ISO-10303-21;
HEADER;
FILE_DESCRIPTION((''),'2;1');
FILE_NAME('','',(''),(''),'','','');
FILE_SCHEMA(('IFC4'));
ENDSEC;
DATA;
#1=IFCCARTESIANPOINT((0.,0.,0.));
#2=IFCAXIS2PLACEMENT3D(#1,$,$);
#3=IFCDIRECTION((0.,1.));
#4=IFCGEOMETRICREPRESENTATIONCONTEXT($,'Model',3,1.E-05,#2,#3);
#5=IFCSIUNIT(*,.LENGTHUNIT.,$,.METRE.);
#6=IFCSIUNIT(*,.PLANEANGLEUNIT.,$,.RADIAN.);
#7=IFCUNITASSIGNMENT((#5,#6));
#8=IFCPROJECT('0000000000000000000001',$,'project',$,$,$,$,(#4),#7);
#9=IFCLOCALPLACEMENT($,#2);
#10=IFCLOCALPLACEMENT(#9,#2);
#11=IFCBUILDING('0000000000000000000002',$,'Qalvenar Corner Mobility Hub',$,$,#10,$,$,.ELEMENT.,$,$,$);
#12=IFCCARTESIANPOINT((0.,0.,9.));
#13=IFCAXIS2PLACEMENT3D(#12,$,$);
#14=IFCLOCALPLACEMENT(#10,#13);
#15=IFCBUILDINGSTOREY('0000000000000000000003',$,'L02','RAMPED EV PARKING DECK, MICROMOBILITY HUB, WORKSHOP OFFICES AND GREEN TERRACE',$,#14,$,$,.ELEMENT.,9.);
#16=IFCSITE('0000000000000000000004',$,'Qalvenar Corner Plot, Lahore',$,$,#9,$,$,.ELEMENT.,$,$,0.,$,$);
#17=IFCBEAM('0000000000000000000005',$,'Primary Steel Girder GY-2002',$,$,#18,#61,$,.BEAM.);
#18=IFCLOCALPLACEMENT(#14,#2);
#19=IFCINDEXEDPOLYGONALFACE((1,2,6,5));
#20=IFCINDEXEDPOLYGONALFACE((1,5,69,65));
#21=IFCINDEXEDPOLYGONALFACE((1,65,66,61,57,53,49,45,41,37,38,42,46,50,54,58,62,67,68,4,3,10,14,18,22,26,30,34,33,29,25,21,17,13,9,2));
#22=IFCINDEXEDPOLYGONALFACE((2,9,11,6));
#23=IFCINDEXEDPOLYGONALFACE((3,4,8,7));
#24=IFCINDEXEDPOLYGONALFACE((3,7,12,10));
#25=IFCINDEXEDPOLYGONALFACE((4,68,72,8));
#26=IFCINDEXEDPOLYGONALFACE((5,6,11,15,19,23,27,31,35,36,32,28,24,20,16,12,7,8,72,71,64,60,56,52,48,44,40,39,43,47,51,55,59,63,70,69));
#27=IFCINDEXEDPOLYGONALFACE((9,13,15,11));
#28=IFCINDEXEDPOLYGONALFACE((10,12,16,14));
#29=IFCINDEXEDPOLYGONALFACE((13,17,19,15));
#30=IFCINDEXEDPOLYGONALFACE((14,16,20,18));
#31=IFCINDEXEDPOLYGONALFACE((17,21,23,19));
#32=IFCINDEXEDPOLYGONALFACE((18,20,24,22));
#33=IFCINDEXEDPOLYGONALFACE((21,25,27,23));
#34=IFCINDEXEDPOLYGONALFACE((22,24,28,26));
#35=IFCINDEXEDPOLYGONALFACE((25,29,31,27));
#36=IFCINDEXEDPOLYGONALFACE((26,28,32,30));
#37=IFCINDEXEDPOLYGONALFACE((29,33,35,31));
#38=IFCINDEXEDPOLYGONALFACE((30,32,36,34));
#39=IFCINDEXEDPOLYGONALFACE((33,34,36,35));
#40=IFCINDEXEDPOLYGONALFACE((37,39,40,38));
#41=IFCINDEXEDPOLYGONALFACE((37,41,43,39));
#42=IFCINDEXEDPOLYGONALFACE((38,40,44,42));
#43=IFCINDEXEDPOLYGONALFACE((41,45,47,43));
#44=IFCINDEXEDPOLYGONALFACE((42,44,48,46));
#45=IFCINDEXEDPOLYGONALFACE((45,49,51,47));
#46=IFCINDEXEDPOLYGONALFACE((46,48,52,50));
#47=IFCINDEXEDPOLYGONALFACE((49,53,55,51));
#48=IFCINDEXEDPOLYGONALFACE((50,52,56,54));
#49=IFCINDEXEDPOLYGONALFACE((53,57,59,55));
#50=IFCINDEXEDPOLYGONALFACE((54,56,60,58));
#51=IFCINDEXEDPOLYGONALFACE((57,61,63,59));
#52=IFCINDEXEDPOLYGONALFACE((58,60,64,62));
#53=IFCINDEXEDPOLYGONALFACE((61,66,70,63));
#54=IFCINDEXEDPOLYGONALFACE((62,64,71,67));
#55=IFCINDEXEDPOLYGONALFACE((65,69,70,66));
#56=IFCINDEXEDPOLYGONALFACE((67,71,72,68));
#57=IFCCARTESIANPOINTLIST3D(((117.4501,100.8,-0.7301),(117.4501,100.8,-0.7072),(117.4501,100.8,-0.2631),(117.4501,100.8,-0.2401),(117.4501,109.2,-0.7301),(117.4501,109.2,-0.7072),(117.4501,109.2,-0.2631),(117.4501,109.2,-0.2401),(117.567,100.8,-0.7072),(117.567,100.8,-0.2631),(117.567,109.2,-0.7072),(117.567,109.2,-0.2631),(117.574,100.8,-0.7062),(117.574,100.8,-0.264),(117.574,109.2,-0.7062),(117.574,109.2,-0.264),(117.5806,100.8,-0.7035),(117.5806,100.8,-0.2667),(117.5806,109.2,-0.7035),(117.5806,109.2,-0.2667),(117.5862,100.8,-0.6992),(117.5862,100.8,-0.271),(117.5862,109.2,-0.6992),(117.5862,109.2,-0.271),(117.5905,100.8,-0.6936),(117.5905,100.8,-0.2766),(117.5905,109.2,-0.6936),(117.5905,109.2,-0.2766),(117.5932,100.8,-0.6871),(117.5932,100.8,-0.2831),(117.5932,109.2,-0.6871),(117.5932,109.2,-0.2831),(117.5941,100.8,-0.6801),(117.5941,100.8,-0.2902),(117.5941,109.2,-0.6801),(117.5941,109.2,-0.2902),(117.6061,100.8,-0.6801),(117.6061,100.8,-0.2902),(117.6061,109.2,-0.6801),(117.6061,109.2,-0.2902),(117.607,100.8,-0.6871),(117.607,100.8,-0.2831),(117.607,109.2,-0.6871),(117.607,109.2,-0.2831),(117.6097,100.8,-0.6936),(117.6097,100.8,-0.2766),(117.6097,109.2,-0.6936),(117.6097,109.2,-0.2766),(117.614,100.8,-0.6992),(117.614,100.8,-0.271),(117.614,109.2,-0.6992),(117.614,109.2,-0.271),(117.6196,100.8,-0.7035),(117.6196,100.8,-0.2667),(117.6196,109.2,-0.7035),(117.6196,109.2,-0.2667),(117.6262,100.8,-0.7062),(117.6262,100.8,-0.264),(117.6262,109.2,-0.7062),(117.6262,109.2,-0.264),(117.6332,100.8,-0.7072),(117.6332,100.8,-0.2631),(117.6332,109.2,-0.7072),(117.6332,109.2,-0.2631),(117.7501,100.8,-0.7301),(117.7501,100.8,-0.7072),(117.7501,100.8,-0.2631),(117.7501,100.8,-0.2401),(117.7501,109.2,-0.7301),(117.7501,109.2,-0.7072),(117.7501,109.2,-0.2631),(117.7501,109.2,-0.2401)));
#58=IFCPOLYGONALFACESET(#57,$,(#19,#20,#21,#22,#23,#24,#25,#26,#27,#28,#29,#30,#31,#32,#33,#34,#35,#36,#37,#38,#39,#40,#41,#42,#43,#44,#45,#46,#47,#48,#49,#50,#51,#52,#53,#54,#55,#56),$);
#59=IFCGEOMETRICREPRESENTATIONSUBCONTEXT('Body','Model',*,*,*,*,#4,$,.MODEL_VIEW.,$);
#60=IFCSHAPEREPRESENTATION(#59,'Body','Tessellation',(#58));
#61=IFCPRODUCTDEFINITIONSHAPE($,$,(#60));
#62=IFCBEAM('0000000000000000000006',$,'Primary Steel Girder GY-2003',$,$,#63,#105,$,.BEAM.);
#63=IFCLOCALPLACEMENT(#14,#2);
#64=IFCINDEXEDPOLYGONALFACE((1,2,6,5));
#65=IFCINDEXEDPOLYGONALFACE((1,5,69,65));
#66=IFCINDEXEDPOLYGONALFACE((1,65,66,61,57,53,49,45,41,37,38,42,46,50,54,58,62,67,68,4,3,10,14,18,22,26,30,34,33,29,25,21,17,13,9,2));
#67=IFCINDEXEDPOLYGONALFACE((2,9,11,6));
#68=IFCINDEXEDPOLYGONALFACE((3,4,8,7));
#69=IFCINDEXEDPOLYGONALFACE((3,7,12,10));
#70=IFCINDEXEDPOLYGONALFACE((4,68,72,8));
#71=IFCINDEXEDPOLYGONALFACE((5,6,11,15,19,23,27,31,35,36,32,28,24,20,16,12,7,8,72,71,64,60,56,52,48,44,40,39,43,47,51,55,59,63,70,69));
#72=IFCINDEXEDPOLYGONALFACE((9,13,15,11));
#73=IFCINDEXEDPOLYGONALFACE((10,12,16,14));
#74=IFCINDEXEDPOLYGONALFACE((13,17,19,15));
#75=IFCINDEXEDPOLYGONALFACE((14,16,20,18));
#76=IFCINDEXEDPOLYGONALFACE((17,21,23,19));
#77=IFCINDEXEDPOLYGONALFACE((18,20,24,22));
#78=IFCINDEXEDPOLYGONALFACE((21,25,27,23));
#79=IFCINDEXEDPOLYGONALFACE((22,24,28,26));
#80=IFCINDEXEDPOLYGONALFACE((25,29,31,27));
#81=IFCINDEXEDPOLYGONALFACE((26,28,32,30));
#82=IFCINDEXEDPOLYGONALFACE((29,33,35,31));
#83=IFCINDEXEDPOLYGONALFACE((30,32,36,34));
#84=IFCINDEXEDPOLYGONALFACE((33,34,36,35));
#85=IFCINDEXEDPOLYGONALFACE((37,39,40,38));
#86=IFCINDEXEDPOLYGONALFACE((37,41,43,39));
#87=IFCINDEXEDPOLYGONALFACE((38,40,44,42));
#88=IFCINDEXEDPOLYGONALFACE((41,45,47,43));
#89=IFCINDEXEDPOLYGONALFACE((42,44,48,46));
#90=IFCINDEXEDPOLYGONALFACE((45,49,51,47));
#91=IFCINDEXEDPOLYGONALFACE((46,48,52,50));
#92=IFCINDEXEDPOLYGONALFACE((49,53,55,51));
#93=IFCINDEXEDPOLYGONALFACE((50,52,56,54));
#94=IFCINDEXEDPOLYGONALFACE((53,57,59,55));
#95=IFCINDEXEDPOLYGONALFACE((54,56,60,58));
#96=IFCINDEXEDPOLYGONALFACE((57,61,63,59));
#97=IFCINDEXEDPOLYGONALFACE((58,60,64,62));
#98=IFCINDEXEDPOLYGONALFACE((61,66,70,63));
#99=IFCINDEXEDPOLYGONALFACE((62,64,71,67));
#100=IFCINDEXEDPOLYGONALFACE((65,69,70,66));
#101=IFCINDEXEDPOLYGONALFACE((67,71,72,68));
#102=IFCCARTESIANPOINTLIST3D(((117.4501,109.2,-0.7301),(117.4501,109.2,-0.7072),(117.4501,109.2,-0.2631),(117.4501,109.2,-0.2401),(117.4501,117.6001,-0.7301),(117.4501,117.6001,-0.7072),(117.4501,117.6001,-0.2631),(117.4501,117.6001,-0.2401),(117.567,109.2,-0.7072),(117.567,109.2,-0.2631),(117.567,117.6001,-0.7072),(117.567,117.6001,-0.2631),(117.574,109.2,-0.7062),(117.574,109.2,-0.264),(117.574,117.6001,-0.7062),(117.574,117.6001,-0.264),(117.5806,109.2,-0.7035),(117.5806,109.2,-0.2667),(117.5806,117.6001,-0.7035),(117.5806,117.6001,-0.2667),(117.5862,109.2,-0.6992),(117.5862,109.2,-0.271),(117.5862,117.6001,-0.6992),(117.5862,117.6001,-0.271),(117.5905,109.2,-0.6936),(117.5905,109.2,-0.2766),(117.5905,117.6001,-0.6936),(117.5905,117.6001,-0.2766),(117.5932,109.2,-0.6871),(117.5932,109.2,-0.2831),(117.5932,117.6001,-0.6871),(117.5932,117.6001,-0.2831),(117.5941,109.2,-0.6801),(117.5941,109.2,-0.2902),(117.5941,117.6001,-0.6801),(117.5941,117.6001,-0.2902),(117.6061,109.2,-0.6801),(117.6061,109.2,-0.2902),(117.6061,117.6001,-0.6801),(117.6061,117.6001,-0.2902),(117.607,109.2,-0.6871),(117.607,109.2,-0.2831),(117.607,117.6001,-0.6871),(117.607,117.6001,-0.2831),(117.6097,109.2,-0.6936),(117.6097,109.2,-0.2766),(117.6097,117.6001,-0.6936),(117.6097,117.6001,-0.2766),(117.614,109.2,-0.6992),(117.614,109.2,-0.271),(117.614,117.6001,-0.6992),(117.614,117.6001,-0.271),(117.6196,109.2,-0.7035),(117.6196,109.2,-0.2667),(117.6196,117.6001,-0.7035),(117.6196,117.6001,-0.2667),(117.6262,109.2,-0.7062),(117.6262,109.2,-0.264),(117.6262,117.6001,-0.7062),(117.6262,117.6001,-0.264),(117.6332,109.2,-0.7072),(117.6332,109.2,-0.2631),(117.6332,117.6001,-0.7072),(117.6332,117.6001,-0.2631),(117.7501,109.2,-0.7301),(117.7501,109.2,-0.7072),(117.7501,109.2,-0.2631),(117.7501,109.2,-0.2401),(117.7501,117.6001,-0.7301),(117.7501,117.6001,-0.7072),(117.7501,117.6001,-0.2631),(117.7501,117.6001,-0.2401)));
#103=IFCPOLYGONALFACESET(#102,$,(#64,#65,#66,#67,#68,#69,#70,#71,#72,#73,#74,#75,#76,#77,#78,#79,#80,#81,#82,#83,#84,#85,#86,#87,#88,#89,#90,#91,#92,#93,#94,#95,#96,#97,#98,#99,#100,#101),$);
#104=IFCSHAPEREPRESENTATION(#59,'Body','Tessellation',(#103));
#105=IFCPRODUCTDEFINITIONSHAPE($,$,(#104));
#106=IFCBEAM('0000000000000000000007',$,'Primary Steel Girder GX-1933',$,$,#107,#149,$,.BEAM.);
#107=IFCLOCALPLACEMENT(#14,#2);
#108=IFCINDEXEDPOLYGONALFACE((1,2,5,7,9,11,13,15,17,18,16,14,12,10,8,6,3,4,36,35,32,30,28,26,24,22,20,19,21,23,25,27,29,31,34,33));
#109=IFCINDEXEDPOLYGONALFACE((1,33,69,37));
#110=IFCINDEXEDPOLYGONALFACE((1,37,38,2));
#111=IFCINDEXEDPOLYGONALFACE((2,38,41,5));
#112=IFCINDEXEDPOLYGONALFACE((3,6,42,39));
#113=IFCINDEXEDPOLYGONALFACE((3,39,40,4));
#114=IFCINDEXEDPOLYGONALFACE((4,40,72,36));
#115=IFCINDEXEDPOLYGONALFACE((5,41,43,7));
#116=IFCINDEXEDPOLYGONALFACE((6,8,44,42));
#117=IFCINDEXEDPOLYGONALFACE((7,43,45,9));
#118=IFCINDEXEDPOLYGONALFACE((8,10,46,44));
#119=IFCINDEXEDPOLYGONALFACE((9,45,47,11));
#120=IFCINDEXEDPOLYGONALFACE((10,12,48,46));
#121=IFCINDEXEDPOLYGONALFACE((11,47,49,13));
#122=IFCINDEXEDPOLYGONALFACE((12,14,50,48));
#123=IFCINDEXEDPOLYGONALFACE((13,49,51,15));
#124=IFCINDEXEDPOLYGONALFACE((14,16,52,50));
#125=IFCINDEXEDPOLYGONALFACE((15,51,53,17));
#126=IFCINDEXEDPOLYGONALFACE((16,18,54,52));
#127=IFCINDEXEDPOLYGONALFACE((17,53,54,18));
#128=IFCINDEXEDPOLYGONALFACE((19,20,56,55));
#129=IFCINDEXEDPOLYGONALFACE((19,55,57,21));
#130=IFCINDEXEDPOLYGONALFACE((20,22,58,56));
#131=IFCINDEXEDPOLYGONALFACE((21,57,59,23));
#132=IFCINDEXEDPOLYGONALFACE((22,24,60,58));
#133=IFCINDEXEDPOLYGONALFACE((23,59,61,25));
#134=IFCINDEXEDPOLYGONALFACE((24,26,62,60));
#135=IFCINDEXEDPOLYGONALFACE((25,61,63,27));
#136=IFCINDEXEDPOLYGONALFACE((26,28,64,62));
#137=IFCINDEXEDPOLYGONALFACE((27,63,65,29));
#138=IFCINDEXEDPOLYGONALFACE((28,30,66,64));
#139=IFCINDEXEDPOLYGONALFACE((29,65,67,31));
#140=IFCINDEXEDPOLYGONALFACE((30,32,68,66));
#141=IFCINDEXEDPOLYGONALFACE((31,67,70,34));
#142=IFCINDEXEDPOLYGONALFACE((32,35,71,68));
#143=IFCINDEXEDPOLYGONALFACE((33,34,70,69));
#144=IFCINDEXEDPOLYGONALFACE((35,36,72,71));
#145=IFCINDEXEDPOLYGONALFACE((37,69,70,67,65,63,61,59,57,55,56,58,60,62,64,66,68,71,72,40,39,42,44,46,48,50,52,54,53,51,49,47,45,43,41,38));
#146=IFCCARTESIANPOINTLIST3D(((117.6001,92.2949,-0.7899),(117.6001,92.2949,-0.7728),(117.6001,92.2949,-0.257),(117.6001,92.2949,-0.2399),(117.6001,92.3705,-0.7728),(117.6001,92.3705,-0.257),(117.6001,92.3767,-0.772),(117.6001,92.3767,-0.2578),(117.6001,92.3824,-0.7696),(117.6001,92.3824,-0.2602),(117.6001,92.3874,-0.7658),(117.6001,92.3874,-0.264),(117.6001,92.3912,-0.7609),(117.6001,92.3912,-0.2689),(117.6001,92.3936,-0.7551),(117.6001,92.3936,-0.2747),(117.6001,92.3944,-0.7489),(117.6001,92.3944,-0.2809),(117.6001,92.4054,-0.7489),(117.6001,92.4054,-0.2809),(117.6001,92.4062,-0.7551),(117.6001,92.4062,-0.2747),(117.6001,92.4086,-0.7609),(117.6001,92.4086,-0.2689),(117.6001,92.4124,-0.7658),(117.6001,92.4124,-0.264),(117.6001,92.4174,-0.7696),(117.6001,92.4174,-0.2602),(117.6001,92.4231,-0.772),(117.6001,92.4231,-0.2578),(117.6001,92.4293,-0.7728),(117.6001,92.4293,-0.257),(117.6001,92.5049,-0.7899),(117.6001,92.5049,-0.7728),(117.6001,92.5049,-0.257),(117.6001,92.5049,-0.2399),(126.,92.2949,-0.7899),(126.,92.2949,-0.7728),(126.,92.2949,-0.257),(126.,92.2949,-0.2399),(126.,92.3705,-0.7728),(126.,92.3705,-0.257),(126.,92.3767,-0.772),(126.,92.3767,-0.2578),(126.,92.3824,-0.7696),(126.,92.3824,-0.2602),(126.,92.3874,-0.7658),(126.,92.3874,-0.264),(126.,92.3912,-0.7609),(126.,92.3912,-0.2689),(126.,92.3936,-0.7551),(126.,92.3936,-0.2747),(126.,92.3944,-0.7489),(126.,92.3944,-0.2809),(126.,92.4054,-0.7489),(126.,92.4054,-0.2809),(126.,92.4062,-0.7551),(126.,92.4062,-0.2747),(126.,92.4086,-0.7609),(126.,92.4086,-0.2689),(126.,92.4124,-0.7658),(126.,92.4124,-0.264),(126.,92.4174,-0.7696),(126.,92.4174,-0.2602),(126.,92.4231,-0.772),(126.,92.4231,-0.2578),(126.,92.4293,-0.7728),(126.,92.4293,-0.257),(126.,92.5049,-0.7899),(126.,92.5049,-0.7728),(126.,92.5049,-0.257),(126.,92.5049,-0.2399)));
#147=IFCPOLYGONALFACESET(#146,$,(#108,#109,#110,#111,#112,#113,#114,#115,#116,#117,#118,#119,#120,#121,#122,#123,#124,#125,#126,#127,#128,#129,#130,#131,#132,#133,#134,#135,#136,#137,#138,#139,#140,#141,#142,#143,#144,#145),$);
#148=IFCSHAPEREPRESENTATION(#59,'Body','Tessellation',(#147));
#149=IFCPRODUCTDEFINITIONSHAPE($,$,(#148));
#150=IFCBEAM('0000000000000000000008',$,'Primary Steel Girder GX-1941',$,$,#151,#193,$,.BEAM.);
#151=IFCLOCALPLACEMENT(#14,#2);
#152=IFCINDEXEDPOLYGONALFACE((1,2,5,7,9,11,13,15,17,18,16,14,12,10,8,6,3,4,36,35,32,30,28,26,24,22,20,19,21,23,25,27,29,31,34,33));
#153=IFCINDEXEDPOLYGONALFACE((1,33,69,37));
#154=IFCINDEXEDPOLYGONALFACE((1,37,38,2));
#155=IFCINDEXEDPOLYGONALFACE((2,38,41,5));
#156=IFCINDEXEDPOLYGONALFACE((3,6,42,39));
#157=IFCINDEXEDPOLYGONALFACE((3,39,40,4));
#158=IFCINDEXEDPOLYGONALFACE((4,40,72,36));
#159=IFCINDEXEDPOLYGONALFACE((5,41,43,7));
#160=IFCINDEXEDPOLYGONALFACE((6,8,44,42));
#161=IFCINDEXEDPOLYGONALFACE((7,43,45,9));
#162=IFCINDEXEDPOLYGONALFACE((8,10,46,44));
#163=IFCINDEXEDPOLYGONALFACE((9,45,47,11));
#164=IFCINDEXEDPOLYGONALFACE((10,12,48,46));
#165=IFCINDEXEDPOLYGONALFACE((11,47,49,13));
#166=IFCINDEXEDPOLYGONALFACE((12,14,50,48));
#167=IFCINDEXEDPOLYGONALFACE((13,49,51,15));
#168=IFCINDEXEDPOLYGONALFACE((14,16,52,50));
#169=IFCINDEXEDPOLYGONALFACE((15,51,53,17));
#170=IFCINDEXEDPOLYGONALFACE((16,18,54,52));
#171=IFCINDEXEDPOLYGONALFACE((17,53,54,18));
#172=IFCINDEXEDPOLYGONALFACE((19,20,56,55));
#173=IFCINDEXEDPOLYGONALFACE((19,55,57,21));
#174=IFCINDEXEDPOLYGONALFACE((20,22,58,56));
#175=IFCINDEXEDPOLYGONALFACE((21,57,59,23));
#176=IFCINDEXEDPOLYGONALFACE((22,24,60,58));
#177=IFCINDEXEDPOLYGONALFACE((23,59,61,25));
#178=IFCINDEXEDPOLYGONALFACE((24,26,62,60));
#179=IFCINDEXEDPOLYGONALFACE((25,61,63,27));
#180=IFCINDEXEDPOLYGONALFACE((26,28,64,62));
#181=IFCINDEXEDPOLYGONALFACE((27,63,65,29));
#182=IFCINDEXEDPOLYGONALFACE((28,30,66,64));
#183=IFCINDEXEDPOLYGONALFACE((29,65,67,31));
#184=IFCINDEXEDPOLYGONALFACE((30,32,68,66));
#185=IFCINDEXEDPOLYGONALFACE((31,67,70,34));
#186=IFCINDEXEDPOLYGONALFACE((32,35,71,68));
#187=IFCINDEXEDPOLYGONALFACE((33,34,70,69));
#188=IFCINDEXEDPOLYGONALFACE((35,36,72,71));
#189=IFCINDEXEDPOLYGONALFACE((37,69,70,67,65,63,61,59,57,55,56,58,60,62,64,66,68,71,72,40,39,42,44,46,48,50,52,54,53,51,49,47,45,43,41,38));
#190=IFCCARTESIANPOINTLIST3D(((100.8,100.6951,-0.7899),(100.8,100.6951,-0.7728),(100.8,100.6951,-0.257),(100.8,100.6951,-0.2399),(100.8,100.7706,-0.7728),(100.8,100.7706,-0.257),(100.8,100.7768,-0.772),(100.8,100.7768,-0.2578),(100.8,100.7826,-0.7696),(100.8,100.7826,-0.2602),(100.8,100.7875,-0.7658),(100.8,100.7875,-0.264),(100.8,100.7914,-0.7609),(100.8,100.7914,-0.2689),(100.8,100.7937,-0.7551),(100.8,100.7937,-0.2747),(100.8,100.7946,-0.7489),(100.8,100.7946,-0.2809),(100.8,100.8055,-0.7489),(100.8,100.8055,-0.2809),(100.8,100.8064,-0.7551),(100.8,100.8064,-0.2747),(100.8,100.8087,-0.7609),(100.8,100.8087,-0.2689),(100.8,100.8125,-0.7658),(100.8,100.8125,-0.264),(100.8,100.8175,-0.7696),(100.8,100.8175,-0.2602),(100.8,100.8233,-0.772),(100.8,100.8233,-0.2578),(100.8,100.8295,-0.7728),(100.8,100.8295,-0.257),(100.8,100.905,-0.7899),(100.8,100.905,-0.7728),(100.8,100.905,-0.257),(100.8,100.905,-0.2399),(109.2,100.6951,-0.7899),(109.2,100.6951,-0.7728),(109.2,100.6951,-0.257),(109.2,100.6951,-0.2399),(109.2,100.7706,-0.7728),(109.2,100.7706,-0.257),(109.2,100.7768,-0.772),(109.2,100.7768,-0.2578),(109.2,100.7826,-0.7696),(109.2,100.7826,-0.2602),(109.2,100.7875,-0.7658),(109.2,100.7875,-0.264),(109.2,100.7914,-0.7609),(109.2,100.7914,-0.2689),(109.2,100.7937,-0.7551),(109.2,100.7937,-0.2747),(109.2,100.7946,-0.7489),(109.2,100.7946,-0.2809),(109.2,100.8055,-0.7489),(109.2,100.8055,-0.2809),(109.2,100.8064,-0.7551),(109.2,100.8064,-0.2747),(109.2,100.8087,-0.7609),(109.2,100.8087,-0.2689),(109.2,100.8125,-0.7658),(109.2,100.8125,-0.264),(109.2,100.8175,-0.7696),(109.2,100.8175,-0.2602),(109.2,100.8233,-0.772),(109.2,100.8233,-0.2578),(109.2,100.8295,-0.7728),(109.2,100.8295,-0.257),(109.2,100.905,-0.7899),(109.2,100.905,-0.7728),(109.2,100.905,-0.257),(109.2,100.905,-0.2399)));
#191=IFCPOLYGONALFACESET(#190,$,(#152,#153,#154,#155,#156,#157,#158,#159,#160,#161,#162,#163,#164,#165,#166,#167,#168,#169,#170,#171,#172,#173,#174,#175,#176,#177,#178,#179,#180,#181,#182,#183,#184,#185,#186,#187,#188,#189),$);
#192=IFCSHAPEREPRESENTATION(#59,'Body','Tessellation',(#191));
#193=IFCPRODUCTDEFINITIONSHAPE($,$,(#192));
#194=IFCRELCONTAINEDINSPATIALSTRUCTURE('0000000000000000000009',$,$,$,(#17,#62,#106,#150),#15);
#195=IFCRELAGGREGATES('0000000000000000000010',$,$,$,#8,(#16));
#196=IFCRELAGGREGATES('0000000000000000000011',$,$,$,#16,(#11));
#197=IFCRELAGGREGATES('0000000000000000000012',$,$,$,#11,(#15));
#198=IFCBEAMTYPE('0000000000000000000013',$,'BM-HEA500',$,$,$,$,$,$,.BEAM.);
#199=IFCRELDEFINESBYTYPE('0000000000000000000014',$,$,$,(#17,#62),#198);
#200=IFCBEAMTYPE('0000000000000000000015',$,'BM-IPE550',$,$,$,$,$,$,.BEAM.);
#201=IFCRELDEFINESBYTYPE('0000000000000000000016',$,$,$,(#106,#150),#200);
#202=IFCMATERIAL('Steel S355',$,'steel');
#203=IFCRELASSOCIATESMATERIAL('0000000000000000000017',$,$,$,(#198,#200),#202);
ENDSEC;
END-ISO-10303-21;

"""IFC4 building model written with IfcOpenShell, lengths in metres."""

from ifc_helpers import new_model, si_unit, direction, frame, origin, origin_2d, place, context, subcontext, project, spatial, i_section, extrude, material, material_profile, profile_set, type_object, element, save


model = new_model("IFC4")

# Units and contexts
model_context = context("Model", 3, precision=1e-05, world=origin(), true_north=direction((0.0, 1.0)))
body_context = subcontext(model_context, "Body", "Model", "MODEL_VIEW")
ifc_project = project(units=[si_unit("LENGTHUNIT", "METRE"), si_unit("PLANEANGLEUNIT", "RADIAN")], contexts=[model_context])

# Site, building, storey
site_placement = place(None, origin())
site = spatial("IfcSite", under=ifc_project, at=site_placement, Name="Qalvenar Corner Plot, Lahore", CompositionType="ELEMENT", RefElevation=0.0)
building_placement = place(site_placement, origin())
building = spatial("IfcBuilding", under=site, at=building_placement, Name="Qalvenar Corner Mobility Hub", CompositionType="ELEMENT")
storey_placement = place(building_placement, frame((0.0, 0.0, 9.0)))
storey = spatial("IfcBuildingStorey", under=building, at=storey_placement, Name="L02", Description="RAMPED EV PARKING DECK, MICROMOBILITY HUB, WORKSHOP OFFICES AND GREEN TERRACE", CompositionType="ELEMENT", Elevation=9.0)

# Shared definitions
ifc_material = material(Name="Steel S355", Category="steel")

# Beams
ifc_material_profile_1 = material_profile(ifc_material, i_section(OverallWidth=0.3, OverallDepth=0.49, WebThickness=0.012, FlangeThickness=0.0229, FilletRadius=0.0271, at=origin_2d()), Name="HEA500")
ifc_profile_set_1 = profile_set([ifc_material_profile_1], Name="Steel S355")
beam_type_1 = type_object("IfcBeamType", Name="BM-HEA500", PredefinedType="BEAM", material=ifc_profile_set_1)
beam_1_placement = place(storey_placement, frame((117.6001, 100.8, -0.4851), z_axis=(0.0, 1.0, 0.0), x_axis=(-1.0, 0.0, 0.0)))
element("IfcBeam", 1, at=beam_1_placement, inside=storey, type_object=beam_type_1, Name="Primary Steel Girder GY-2002", PredefinedType="BEAM", context=body_context, shape_type="SweptSolid", body=[
    extrude(i_section(OverallWidth=0.3, OverallDepth=0.49, WebThickness=0.012, FlangeThickness=0.0229, FilletRadius=0.0271, at=origin_2d()), origin(), (0.0, 0.0, 1.0), 8.3999),
])
beam_2_placement = place(storey_placement, frame((117.6001, 109.2, -0.4851), z_axis=(0.0, 1.0, 0.0), x_axis=(-1.0, 0.0, 0.0)))
element("IfcBeam", 2, at=beam_2_placement, inside=storey, type_object=beam_type_1, Name="Primary Steel Girder GY-2003", PredefinedType="BEAM", context=body_context, shape_type="SweptSolid", body=[
    extrude(i_section(OverallWidth=0.3, OverallDepth=0.49, WebThickness=0.012, FlangeThickness=0.0229, FilletRadius=0.0271, at=origin_2d()), origin(), (0.0, 0.0, 1.0), 8.4001),
])
ifc_material_profile_2 = material_profile(ifc_material, i_section(OverallWidth=0.21, OverallDepth=0.55, WebThickness=0.011, FlangeThickness=0.0171, FilletRadius=0.0239, at=origin_2d()), Name="IPE550")
ifc_profile_set_2 = profile_set([ifc_material_profile_2], Name="Steel S355")
beam_type_2 = type_object("IfcBeamType", Name="BM-IPE550", PredefinedType="BEAM", material=ifc_profile_set_2)
for number, where, z_axis, x_axis, name in (
    (3, (117.6001, 92.3999, -0.5149), (1.0, 0.0, 0.0), (0.0, 1.0, 0.0), "Primary Steel Girder GX-1933"),
    (4, (100.8, 100.8, -0.5149), (1.0, 0.0, 0.0), (0.0, 1.0, 0.0), "Primary Steel Girder GX-1941"),
):
    element("IfcBeam", number, at=place(storey_placement, frame(where, z_axis=z_axis, x_axis=x_axis)), inside=storey, type_object=beam_type_2, Name=name, PredefinedType="BEAM", context=body_context, shape_type="SweptSolid", body=[
        extrude(i_section(OverallWidth=0.21, OverallDepth=0.55, WebThickness=0.011, FlangeThickness=0.0171, FilletRadius=0.0239, at=origin_2d()), origin(), (0.0, 0.0, 1.0), 8.3999),
    ])

save(model, "model.ifc")
